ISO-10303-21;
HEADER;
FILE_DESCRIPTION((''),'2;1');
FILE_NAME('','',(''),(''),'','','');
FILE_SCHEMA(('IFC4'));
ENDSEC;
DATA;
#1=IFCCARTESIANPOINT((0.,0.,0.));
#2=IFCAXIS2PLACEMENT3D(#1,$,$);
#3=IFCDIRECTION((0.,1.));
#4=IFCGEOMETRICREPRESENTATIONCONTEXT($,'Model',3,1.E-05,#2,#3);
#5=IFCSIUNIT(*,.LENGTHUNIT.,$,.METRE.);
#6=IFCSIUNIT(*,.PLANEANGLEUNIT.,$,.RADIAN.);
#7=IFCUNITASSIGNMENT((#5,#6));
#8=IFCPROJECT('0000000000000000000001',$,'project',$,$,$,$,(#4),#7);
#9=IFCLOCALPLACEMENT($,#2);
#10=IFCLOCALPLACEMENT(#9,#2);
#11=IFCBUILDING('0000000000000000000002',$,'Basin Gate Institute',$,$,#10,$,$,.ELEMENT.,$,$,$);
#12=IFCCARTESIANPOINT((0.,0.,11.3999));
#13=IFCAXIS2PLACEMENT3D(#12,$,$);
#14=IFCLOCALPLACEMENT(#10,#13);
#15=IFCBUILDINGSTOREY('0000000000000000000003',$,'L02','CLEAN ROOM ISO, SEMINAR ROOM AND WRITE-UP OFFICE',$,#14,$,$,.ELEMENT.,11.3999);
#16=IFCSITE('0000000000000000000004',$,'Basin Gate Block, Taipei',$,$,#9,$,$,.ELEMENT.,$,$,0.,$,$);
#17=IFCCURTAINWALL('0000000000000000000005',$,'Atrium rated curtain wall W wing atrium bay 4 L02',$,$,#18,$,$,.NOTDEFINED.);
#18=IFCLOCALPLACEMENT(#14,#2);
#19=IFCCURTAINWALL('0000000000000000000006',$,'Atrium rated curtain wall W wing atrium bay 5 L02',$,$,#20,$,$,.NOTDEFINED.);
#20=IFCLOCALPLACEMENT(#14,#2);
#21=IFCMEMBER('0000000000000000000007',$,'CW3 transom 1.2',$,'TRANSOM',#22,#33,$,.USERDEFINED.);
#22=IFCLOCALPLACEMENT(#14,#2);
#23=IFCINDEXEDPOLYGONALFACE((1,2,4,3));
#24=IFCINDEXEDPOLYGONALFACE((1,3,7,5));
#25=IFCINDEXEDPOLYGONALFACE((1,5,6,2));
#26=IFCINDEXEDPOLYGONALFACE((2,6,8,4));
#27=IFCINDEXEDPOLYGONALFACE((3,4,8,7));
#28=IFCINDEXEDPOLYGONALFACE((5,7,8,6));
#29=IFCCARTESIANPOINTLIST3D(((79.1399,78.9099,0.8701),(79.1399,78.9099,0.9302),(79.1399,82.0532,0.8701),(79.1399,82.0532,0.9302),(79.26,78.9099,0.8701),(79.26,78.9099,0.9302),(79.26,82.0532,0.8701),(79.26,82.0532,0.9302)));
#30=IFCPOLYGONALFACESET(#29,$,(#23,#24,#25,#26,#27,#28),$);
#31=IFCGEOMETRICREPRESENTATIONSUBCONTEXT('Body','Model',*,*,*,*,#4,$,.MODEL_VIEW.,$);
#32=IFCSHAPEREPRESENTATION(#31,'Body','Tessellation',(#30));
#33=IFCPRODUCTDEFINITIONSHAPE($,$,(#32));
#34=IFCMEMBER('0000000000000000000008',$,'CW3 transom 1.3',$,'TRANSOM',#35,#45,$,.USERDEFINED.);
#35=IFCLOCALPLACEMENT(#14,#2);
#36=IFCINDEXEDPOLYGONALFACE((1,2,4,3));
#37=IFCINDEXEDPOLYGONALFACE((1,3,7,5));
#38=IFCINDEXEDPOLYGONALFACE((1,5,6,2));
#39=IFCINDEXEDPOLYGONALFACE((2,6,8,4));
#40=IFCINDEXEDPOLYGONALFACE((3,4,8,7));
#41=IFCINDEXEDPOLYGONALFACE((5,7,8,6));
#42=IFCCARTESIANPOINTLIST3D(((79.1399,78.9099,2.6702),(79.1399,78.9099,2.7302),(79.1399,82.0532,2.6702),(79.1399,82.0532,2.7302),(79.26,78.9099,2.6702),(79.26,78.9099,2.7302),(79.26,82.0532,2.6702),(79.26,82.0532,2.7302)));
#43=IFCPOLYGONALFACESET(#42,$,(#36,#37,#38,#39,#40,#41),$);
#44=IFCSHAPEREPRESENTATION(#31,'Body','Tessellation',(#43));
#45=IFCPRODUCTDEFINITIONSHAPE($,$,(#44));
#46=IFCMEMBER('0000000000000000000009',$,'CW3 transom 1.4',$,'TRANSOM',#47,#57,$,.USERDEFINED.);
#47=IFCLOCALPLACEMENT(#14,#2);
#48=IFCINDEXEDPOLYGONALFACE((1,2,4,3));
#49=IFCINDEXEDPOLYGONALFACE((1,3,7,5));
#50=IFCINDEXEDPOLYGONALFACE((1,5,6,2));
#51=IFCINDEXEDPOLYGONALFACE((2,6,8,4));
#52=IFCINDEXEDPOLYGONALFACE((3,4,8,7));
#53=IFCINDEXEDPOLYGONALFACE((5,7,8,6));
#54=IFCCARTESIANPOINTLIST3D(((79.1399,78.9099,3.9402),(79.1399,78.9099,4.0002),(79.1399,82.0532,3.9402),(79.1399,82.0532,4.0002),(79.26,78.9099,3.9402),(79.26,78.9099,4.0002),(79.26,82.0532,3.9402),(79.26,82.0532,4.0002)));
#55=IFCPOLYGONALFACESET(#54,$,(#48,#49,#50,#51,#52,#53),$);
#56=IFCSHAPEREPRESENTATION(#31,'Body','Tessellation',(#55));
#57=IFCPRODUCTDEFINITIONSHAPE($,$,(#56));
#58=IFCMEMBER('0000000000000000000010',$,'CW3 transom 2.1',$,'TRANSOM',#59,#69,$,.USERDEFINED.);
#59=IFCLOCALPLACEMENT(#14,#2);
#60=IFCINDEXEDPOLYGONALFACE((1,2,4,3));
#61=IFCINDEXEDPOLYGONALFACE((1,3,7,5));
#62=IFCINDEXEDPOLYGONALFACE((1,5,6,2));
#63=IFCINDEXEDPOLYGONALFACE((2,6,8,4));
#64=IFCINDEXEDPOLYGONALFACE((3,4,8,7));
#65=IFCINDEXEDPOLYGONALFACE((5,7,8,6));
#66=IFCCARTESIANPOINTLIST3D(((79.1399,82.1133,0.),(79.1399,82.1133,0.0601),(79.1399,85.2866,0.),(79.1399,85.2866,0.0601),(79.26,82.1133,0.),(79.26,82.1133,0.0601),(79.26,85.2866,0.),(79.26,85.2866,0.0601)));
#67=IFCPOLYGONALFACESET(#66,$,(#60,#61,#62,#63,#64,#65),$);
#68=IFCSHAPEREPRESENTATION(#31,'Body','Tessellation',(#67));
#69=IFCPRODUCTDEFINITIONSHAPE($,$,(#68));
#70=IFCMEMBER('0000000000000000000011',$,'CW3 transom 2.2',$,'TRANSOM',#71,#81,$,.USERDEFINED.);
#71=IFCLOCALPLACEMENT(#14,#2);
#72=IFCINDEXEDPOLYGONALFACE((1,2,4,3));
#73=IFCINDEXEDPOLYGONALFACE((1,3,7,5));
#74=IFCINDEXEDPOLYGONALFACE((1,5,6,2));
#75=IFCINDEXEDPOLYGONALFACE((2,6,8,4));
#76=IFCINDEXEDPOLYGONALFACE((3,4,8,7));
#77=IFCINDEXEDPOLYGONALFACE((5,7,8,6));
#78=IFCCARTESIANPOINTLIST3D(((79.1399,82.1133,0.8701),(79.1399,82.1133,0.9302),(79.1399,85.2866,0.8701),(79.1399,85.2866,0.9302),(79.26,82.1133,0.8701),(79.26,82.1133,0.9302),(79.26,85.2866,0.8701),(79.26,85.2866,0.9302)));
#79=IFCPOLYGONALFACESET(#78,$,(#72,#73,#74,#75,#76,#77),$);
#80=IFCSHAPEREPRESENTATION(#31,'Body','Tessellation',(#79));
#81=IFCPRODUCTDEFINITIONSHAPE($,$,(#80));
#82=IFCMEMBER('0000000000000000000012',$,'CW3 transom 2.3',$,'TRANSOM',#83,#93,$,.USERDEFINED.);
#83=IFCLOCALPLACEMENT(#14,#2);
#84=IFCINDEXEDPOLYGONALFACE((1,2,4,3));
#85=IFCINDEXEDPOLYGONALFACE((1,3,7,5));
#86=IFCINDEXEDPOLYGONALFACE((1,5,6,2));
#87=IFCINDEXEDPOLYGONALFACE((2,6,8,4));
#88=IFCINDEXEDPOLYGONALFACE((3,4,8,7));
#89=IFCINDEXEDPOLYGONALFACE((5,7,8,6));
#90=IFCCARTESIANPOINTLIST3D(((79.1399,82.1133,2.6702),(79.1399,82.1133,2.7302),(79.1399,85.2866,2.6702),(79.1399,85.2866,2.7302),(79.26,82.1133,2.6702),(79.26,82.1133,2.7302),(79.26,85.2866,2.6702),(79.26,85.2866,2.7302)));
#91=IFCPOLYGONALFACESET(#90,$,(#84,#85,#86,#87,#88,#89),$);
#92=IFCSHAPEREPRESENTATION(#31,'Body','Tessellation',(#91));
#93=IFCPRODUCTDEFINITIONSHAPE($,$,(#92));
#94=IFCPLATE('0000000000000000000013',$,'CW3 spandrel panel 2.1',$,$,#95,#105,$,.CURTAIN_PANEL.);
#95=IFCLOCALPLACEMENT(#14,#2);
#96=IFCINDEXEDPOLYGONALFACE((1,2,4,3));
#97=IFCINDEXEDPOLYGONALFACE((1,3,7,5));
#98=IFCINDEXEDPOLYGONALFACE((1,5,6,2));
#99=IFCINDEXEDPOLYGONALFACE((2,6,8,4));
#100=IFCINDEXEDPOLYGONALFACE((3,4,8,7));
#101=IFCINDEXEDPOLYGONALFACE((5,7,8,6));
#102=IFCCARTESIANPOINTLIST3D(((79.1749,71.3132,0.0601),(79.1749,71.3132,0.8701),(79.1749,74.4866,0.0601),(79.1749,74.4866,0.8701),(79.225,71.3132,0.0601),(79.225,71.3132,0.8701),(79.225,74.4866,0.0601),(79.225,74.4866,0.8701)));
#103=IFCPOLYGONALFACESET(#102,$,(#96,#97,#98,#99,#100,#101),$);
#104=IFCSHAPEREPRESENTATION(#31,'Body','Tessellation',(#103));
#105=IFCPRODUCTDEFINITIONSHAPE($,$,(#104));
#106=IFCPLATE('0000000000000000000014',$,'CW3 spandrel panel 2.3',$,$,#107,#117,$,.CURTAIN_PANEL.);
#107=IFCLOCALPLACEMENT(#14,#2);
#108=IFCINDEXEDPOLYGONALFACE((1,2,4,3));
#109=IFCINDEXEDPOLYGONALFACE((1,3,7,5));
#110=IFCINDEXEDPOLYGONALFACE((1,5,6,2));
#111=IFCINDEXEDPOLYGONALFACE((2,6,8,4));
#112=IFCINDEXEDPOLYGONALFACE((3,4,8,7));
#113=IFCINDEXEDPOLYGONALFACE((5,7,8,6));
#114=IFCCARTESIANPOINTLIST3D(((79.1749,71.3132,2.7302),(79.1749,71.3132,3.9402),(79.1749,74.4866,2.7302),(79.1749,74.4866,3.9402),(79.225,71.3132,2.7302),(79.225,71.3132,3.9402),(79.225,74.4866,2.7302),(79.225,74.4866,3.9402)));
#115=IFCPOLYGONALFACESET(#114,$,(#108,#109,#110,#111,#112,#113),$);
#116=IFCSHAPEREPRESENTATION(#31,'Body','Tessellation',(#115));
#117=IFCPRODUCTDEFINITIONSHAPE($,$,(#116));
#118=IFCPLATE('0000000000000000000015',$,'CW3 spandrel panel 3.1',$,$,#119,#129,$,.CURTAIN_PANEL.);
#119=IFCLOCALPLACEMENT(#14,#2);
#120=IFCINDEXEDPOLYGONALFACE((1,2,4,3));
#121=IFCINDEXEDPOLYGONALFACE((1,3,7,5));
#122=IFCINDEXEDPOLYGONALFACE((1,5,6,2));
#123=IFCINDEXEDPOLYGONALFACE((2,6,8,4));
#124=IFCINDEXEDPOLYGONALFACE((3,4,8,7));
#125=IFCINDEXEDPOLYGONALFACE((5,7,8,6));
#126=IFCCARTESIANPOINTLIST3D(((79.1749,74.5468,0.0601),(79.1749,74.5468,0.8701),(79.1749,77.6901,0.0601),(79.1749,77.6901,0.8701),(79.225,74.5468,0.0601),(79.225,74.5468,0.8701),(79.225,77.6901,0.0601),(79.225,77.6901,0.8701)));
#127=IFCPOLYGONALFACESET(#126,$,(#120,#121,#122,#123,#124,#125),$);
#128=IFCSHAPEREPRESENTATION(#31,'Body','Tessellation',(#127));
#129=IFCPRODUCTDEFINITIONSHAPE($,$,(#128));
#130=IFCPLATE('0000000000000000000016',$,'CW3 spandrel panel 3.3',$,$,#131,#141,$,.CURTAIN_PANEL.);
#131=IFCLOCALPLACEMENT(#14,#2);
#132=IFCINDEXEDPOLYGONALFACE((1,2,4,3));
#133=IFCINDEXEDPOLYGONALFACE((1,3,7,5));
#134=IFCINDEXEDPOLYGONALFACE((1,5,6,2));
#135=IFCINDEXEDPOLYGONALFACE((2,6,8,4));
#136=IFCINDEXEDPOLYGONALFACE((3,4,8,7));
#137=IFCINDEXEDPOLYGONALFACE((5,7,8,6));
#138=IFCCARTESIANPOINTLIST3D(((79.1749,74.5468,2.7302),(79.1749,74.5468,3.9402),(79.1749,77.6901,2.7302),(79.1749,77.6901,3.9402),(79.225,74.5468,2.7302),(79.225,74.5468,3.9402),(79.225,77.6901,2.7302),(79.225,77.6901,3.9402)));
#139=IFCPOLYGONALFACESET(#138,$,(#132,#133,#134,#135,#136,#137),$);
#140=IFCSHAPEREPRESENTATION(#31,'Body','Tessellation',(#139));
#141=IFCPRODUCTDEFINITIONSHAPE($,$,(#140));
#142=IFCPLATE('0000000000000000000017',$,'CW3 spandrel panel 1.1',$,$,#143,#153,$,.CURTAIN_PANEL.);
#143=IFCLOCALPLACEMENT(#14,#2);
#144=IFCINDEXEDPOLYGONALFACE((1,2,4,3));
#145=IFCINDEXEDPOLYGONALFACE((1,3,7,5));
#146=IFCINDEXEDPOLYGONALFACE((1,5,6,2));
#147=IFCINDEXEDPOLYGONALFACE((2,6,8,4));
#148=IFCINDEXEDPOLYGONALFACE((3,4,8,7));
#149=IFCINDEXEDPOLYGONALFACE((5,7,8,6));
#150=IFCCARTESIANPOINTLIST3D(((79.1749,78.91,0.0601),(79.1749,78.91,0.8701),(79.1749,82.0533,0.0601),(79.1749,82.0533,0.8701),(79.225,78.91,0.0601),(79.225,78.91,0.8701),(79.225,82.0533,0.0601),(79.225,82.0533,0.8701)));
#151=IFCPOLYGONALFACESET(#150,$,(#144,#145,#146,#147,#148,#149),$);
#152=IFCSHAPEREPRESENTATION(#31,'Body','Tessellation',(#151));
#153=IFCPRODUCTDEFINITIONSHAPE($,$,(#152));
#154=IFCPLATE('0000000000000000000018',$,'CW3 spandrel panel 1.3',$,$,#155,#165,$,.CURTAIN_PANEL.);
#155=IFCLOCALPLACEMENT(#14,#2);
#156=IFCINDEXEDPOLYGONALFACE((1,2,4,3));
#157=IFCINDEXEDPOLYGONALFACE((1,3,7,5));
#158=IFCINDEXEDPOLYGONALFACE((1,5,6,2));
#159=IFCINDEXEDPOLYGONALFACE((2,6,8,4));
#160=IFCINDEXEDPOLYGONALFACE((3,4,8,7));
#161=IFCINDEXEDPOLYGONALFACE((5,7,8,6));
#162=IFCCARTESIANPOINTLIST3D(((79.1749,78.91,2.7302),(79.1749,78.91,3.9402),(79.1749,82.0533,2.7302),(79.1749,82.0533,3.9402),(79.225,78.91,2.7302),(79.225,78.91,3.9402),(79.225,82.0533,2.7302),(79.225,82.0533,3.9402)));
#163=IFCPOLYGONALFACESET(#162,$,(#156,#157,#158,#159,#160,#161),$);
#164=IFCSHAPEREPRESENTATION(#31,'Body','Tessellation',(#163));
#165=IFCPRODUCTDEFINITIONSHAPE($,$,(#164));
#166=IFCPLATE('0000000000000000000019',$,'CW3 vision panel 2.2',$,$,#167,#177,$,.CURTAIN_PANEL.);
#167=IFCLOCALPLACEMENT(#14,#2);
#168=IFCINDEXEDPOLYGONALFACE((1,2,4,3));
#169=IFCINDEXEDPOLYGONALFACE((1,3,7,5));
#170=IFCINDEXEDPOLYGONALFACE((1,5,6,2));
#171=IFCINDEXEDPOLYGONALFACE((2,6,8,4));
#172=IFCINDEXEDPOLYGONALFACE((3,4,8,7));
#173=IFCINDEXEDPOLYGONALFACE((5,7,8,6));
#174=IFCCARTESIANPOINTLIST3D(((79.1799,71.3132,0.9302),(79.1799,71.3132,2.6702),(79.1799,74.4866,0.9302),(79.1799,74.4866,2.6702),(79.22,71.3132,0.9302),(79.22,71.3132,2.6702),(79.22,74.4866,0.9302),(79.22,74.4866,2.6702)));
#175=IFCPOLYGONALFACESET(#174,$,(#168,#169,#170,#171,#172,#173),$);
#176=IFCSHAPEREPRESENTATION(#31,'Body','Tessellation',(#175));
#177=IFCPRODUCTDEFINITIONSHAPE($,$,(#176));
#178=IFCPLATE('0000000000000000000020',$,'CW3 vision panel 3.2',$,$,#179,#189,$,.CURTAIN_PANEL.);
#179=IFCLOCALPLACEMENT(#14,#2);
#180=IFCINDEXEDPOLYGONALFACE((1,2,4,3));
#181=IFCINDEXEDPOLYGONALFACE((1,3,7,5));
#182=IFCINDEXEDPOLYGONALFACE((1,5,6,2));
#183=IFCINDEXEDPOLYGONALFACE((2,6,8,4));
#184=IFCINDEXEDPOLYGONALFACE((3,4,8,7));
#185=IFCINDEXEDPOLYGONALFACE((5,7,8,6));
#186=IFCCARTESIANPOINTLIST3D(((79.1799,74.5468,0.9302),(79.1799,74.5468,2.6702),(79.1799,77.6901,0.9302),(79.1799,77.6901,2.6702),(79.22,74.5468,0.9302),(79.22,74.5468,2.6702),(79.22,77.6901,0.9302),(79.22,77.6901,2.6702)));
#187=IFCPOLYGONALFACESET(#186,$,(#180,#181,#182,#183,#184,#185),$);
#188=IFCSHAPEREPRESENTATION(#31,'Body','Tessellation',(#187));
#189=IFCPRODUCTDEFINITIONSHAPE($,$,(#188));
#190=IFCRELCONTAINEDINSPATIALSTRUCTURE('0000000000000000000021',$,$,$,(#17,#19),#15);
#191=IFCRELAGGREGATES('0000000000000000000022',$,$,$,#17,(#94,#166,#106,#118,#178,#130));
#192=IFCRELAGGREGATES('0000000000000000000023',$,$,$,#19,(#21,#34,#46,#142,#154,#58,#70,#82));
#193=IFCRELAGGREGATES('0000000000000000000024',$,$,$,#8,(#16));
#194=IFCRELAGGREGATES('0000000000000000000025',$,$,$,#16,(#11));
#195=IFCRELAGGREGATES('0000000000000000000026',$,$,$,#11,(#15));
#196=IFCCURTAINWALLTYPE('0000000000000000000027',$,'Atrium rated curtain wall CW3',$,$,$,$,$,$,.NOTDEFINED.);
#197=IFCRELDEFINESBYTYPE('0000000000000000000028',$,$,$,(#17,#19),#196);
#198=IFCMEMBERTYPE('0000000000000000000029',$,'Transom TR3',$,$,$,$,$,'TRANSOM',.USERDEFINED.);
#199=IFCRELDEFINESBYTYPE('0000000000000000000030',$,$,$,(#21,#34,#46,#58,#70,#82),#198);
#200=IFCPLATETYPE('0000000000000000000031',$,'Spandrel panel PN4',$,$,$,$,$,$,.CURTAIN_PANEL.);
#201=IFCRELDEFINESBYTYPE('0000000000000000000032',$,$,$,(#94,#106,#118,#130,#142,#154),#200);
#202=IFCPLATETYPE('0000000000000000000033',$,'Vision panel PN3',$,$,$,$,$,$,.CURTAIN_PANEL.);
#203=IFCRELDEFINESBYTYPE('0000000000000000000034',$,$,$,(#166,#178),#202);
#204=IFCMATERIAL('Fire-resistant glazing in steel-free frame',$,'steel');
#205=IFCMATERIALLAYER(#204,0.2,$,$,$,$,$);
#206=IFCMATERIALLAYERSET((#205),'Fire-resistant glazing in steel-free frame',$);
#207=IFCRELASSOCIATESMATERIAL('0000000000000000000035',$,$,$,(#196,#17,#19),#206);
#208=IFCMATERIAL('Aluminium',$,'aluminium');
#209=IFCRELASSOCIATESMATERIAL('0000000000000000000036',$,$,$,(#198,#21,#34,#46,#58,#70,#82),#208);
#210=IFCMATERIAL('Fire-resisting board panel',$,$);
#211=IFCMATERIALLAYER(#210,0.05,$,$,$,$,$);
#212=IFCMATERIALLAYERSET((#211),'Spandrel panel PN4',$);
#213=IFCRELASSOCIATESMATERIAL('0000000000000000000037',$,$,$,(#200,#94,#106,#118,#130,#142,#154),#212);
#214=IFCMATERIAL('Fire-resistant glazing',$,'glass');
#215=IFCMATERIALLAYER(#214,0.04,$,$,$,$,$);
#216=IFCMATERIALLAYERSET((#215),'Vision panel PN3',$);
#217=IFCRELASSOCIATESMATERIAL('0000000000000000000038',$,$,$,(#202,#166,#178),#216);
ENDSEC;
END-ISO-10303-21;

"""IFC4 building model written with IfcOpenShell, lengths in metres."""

from ifc_helpers import new_model, si_unit, direction, frame, origin, origin_2d, place, context, subcontext, project, spatial, rectangle, extrude, material, layer, layer_set, material_profile, profile_set, type_object, element, aggregate, save


model = new_model("IFC4")

# Units and contexts
model_context = context("Model", 3, precision=1e-05, world=origin(), true_north=direction((0.0, 1.0)))
body_context = subcontext(model_context, "Body", "Model", "MODEL_VIEW")
ifc_project = project(units=[si_unit("LENGTHUNIT", "METRE"), si_unit("PLANEANGLEUNIT", "RADIAN")], contexts=[model_context])

# Site, building, storey
site_placement = place(None, origin())
site = spatial("IfcSite", under=ifc_project, at=site_placement, Name="Basin Gate Block, Taipei", CompositionType="ELEMENT", RefElevation=0.0)
building_placement = place(site_placement, origin())
building = spatial("IfcBuilding", under=site, at=building_placement, Name="Basin Gate Institute", CompositionType="ELEMENT")
storey_placement = place(building_placement, frame((0.0, 0.0, 11.3999)))
storey = spatial("IfcBuildingStorey", under=building, at=storey_placement, Name="L02", Description="CLEAN ROOM ISO, SEMINAR ROOM AND WRITE-UP OFFICE", CompositionType="ELEMENT", Elevation=11.3999)

# Curtain walls
ifc_material_1 = material(Name="Fire-resistant glazing in steel-free frame", Category="steel")
ifc_layer_1 = layer(ifc_material_1, 0.2)
ifc_layer_set_1 = layer_set([ifc_layer_1], Name="Fire-resistant glazing in steel-free frame")
curtain_wall_type = type_object("IfcCurtainWallType", Name="Atrium rated curtain wall CW3", PredefinedType="NOTDEFINED", material=ifc_layer_set_1)
curtain_wall_1_placement = place(storey_placement, origin())
curtain_wall_1 = element("IfcCurtainWall", 1, at=curtain_wall_1_placement, inside=storey, type_object=curtain_wall_type, material=ifc_layer_set_1, Name="Atrium rated curtain wall W wing atrium bay 4 L02", PredefinedType="NOTDEFINED")
curtain_wall_2_placement = place(storey_placement, origin())
curtain_wall_2 = element("IfcCurtainWall", 2, at=curtain_wall_2_placement, inside=storey, type_object=curtain_wall_type, material=ifc_layer_set_1, Name="Atrium rated curtain wall W wing atrium bay 5 L02", PredefinedType="NOTDEFINED")

# Members
ifc_material_2 = material(Name="Aluminium", Category="aluminium")
ifc_material_profile_1 = material_profile(ifc_material_2, rectangle(XDim=0.1201, YDim=0.0601, at=origin_2d()), Name="Transom TR3 120 x 60")
ifc_profile_set_1 = profile_set([ifc_material_profile_1], Name="Aluminium")
member_type_1 = type_object("IfcMemberType", Name="Transom TR3", ElementType="TRANSOM", PredefinedType="USERDEFINED", material=ifc_profile_set_1)
member_1_placement = place(storey_placement, frame((79.2, 78.9099, 0.9001), z_axis=(0.0, 1.0, 0.0), x_axis=(-1.0, 0.0, 0.0)))
member_1 = element("IfcMember", 3, at=member_1_placement, type_object=member_type_1, material=ifc_profile_set_1, Name="CW3 transom 1.2", ObjectType="TRANSOM", PredefinedType="USERDEFINED", context=body_context, shape_type="SweptSolid", body=[
    extrude(rectangle(XDim=0.1201, YDim=0.0601, at=origin_2d()), origin(), (0.0, 0.0, 1.0), 3.1433),
])
member_2_placement = place(storey_placement, frame((79.2, 78.9099, 2.7002), z_axis=(0.0, 1.0, 0.0), x_axis=(-1.0, 0.0, 0.0)))
member_2 = element("IfcMember", 4, at=member_2_placement, type_object=member_type_1, material=ifc_profile_set_1, Name="CW3 transom 1.3", ObjectType="TRANSOM", PredefinedType="USERDEFINED", context=body_context, shape_type="SweptSolid", body=[
    extrude(rectangle(XDim=0.1201, YDim=0.0601, at=origin_2d()), origin(), (0.0, 0.0, 1.0), 3.1433),
])
member_3_placement = place(storey_placement, frame((79.2, 78.9099, 3.9702), z_axis=(0.0, 1.0, 0.0), x_axis=(-1.0, 0.0, 0.0)))
member_3 = element("IfcMember", 5, at=member_3_placement, type_object=member_type_1, material=ifc_profile_set_1, Name="CW3 transom 1.4", ObjectType="TRANSOM", PredefinedType="USERDEFINED", context=body_context, shape_type="SweptSolid", body=[
    extrude(rectangle(XDim=0.1201, YDim=0.0601, at=origin_2d()), origin(), (0.0, 0.0, 1.0), 3.1433),
])
member_4_placement = place(storey_placement, frame((79.2, 82.1133, 0.03), z_axis=(0.0, 1.0, 0.0), x_axis=(-1.0, 0.0, 0.0)))
member_4 = element("IfcMember", 6, at=member_4_placement, type_object=member_type_1, material=ifc_profile_set_1, Name="CW3 transom 2.1", ObjectType="TRANSOM", PredefinedType="USERDEFINED", context=body_context, shape_type="SweptSolid", body=[
    extrude(rectangle(XDim=0.1201, YDim=0.0601, at=origin_2d()), origin(), (0.0, 0.0, 1.0), 3.1733),
])
member_5_placement = place(storey_placement, frame((79.2, 82.1133, 0.9001), z_axis=(0.0, 1.0, 0.0), x_axis=(-1.0, 0.0, 0.0)))
member_5 = element("IfcMember", 7, at=member_5_placement, type_object=member_type_1, material=ifc_profile_set_1, Name="CW3 transom 2.2", ObjectType="TRANSOM", PredefinedType="USERDEFINED", context=body_context, shape_type="SweptSolid", body=[
    extrude(rectangle(XDim=0.1201, YDim=0.0601, at=origin_2d()), origin(), (0.0, 0.0, 1.0), 3.1733),
])
member_6_placement = place(storey_placement, frame((79.2, 82.1133, 2.7002), z_axis=(0.0, 1.0, 0.0), x_axis=(-1.0, 0.0, 0.0)))
member_6 = element("IfcMember", 8, at=member_6_placement, type_object=member_type_1, material=ifc_profile_set_1, Name="CW3 transom 2.3", ObjectType="TRANSOM", PredefinedType="USERDEFINED", context=body_context, shape_type="SweptSolid", body=[
    extrude(rectangle(XDim=0.1201, YDim=0.0601, at=origin_2d()), origin(), (0.0, 0.0, 1.0), 3.1733),
])

# Plates
ifc_material_3 = material(Name="Fire-resisting board panel")
ifc_layer_2 = layer(ifc_material_3, 0.05)
ifc_layer_set_2 = layer_set([ifc_layer_2], Name="Spandrel panel PN4")
plate_type_1 = type_object("IfcPlateType", Name="Spandrel panel PN4", PredefinedType="CURTAIN_PANEL", material=ifc_layer_set_2)
plate_1_placement = place(storey_placement, frame((79.2, 72.8999, 0.0601), z_axis=(0.0, 0.0, 1.0), x_axis=(0.0, 1.0, 0.0)))
plate_1 = element("IfcPlate", 9, at=plate_1_placement, type_object=plate_type_1, material=ifc_layer_set_2, Name="CW3 spandrel panel 2.1", PredefinedType="CURTAIN_PANEL", context=body_context, shape_type="SweptSolid", body=[
    extrude(rectangle(XDim=3.1733, YDim=0.05, at=origin_2d()), origin(), (0.0, 0.0, 1.0), 0.8101),
])
plate_2_placement = place(storey_placement, frame((79.2, 72.8999, 2.7302), z_axis=(0.0, 0.0, 1.0), x_axis=(0.0, 1.0, 0.0)))
plate_2 = element("IfcPlate", 10, at=plate_2_placement, type_object=plate_type_1, material=ifc_layer_set_2, Name="CW3 spandrel panel 2.3", PredefinedType="CURTAIN_PANEL", context=body_context, shape_type="SweptSolid", body=[
    extrude(rectangle(XDim=3.1733, YDim=0.05, at=origin_2d()), origin(), (0.0, 0.0, 1.0), 1.21),
])
plate_3_placement = place(storey_placement, frame((79.2, 76.1184, 0.0601), z_axis=(0.0, 0.0, 1.0), x_axis=(0.0, 1.0, 0.0)))
plate_3 = element("IfcPlate", 11, at=plate_3_placement, type_object=plate_type_1, material=ifc_layer_set_2, Name="CW3 spandrel panel 3.1", PredefinedType="CURTAIN_PANEL", context=body_context, shape_type="SweptSolid", body=[
    extrude(rectangle(XDim=3.1433, YDim=0.05, at=origin_2d()), origin(), (0.0, 0.0, 1.0), 0.8101),
])
plate_4_placement = place(storey_placement, frame((79.2, 76.1184, 2.7302), z_axis=(0.0, 0.0, 1.0), x_axis=(0.0, 1.0, 0.0)))
plate_4 = element("IfcPlate", 12, at=plate_4_placement, type_object=plate_type_1, material=ifc_layer_set_2, Name="CW3 spandrel panel 3.3", PredefinedType="CURTAIN_PANEL", context=body_context, shape_type="SweptSolid", body=[
    extrude(rectangle(XDim=3.1433, YDim=0.05, at=origin_2d()), origin(), (0.0, 0.0, 1.0), 1.21),
])
plate_5_placement = place(storey_placement, frame((79.2, 80.4817, 0.0601), z_axis=(0.0, 0.0, 1.0), x_axis=(0.0, 1.0, 0.0)))
plate_5 = element("IfcPlate", 13, at=plate_5_placement, type_object=plate_type_1, material=ifc_layer_set_2, Name="CW3 spandrel panel 1.1", PredefinedType="CURTAIN_PANEL", context=body_context, shape_type="SweptSolid", body=[
    extrude(rectangle(XDim=3.1433, YDim=0.05, at=origin_2d()), origin(), (0.0, 0.0, 1.0), 0.8101),
])
plate_6_placement = place(storey_placement, frame((79.2, 80.4817, 2.7302), z_axis=(0.0, 0.0, 1.0), x_axis=(0.0, 1.0, 0.0)))
plate_6 = element("IfcPlate", 14, at=plate_6_placement, type_object=plate_type_1, material=ifc_layer_set_2, Name="CW3 spandrel panel 1.3", PredefinedType="CURTAIN_PANEL", context=body_context, shape_type="SweptSolid", body=[
    extrude(rectangle(XDim=3.1433, YDim=0.05, at=origin_2d()), origin(), (0.0, 0.0, 1.0), 1.21),
])
ifc_material_4 = material(Name="Fire-resistant glazing", Category="glass")
ifc_layer_3 = layer(ifc_material_4, 0.04)
ifc_layer_set_3 = layer_set([ifc_layer_3], Name="Vision panel PN3")
plate_type_2 = type_object("IfcPlateType", Name="Vision panel PN3", PredefinedType="CURTAIN_PANEL", material=ifc_layer_set_3)
plate_7_placement = place(storey_placement, frame((79.2, 72.8999, 0.9302), z_axis=(0.0, 0.0, 1.0), x_axis=(0.0, 1.0, 0.0)))
plate_7 = element("IfcPlate", 15, at=plate_7_placement, type_object=plate_type_2, material=ifc_layer_set_3, Name="CW3 vision panel 2.2", PredefinedType="CURTAIN_PANEL", context=body_context, shape_type="SweptSolid", body=[
    extrude(rectangle(XDim=3.1733, YDim=0.04, at=origin_2d()), origin(), (0.0, 0.0, 1.0), 1.74),
])
plate_8_placement = place(storey_placement, frame((79.2, 76.1184, 0.9302), z_axis=(0.0, 0.0, 1.0), x_axis=(0.0, 1.0, 0.0)))
plate_8 = element("IfcPlate", 16, at=plate_8_placement, type_object=plate_type_2, material=ifc_layer_set_3, Name="CW3 vision panel 3.2", PredefinedType="CURTAIN_PANEL", context=body_context, shape_type="SweptSolid", body=[
    extrude(rectangle(XDim=3.1433, YDim=0.04, at=origin_2d()), origin(), (0.0, 0.0, 1.0), 1.74),
])
aggregate(curtain_wall_1, [plate_1, plate_7, plate_2, plate_3, plate_8, plate_4])
aggregate(curtain_wall_2, [member_1, member_2, member_3, plate_5, plate_6, member_4, member_5, member_6])

save(model, "model.ifc")
